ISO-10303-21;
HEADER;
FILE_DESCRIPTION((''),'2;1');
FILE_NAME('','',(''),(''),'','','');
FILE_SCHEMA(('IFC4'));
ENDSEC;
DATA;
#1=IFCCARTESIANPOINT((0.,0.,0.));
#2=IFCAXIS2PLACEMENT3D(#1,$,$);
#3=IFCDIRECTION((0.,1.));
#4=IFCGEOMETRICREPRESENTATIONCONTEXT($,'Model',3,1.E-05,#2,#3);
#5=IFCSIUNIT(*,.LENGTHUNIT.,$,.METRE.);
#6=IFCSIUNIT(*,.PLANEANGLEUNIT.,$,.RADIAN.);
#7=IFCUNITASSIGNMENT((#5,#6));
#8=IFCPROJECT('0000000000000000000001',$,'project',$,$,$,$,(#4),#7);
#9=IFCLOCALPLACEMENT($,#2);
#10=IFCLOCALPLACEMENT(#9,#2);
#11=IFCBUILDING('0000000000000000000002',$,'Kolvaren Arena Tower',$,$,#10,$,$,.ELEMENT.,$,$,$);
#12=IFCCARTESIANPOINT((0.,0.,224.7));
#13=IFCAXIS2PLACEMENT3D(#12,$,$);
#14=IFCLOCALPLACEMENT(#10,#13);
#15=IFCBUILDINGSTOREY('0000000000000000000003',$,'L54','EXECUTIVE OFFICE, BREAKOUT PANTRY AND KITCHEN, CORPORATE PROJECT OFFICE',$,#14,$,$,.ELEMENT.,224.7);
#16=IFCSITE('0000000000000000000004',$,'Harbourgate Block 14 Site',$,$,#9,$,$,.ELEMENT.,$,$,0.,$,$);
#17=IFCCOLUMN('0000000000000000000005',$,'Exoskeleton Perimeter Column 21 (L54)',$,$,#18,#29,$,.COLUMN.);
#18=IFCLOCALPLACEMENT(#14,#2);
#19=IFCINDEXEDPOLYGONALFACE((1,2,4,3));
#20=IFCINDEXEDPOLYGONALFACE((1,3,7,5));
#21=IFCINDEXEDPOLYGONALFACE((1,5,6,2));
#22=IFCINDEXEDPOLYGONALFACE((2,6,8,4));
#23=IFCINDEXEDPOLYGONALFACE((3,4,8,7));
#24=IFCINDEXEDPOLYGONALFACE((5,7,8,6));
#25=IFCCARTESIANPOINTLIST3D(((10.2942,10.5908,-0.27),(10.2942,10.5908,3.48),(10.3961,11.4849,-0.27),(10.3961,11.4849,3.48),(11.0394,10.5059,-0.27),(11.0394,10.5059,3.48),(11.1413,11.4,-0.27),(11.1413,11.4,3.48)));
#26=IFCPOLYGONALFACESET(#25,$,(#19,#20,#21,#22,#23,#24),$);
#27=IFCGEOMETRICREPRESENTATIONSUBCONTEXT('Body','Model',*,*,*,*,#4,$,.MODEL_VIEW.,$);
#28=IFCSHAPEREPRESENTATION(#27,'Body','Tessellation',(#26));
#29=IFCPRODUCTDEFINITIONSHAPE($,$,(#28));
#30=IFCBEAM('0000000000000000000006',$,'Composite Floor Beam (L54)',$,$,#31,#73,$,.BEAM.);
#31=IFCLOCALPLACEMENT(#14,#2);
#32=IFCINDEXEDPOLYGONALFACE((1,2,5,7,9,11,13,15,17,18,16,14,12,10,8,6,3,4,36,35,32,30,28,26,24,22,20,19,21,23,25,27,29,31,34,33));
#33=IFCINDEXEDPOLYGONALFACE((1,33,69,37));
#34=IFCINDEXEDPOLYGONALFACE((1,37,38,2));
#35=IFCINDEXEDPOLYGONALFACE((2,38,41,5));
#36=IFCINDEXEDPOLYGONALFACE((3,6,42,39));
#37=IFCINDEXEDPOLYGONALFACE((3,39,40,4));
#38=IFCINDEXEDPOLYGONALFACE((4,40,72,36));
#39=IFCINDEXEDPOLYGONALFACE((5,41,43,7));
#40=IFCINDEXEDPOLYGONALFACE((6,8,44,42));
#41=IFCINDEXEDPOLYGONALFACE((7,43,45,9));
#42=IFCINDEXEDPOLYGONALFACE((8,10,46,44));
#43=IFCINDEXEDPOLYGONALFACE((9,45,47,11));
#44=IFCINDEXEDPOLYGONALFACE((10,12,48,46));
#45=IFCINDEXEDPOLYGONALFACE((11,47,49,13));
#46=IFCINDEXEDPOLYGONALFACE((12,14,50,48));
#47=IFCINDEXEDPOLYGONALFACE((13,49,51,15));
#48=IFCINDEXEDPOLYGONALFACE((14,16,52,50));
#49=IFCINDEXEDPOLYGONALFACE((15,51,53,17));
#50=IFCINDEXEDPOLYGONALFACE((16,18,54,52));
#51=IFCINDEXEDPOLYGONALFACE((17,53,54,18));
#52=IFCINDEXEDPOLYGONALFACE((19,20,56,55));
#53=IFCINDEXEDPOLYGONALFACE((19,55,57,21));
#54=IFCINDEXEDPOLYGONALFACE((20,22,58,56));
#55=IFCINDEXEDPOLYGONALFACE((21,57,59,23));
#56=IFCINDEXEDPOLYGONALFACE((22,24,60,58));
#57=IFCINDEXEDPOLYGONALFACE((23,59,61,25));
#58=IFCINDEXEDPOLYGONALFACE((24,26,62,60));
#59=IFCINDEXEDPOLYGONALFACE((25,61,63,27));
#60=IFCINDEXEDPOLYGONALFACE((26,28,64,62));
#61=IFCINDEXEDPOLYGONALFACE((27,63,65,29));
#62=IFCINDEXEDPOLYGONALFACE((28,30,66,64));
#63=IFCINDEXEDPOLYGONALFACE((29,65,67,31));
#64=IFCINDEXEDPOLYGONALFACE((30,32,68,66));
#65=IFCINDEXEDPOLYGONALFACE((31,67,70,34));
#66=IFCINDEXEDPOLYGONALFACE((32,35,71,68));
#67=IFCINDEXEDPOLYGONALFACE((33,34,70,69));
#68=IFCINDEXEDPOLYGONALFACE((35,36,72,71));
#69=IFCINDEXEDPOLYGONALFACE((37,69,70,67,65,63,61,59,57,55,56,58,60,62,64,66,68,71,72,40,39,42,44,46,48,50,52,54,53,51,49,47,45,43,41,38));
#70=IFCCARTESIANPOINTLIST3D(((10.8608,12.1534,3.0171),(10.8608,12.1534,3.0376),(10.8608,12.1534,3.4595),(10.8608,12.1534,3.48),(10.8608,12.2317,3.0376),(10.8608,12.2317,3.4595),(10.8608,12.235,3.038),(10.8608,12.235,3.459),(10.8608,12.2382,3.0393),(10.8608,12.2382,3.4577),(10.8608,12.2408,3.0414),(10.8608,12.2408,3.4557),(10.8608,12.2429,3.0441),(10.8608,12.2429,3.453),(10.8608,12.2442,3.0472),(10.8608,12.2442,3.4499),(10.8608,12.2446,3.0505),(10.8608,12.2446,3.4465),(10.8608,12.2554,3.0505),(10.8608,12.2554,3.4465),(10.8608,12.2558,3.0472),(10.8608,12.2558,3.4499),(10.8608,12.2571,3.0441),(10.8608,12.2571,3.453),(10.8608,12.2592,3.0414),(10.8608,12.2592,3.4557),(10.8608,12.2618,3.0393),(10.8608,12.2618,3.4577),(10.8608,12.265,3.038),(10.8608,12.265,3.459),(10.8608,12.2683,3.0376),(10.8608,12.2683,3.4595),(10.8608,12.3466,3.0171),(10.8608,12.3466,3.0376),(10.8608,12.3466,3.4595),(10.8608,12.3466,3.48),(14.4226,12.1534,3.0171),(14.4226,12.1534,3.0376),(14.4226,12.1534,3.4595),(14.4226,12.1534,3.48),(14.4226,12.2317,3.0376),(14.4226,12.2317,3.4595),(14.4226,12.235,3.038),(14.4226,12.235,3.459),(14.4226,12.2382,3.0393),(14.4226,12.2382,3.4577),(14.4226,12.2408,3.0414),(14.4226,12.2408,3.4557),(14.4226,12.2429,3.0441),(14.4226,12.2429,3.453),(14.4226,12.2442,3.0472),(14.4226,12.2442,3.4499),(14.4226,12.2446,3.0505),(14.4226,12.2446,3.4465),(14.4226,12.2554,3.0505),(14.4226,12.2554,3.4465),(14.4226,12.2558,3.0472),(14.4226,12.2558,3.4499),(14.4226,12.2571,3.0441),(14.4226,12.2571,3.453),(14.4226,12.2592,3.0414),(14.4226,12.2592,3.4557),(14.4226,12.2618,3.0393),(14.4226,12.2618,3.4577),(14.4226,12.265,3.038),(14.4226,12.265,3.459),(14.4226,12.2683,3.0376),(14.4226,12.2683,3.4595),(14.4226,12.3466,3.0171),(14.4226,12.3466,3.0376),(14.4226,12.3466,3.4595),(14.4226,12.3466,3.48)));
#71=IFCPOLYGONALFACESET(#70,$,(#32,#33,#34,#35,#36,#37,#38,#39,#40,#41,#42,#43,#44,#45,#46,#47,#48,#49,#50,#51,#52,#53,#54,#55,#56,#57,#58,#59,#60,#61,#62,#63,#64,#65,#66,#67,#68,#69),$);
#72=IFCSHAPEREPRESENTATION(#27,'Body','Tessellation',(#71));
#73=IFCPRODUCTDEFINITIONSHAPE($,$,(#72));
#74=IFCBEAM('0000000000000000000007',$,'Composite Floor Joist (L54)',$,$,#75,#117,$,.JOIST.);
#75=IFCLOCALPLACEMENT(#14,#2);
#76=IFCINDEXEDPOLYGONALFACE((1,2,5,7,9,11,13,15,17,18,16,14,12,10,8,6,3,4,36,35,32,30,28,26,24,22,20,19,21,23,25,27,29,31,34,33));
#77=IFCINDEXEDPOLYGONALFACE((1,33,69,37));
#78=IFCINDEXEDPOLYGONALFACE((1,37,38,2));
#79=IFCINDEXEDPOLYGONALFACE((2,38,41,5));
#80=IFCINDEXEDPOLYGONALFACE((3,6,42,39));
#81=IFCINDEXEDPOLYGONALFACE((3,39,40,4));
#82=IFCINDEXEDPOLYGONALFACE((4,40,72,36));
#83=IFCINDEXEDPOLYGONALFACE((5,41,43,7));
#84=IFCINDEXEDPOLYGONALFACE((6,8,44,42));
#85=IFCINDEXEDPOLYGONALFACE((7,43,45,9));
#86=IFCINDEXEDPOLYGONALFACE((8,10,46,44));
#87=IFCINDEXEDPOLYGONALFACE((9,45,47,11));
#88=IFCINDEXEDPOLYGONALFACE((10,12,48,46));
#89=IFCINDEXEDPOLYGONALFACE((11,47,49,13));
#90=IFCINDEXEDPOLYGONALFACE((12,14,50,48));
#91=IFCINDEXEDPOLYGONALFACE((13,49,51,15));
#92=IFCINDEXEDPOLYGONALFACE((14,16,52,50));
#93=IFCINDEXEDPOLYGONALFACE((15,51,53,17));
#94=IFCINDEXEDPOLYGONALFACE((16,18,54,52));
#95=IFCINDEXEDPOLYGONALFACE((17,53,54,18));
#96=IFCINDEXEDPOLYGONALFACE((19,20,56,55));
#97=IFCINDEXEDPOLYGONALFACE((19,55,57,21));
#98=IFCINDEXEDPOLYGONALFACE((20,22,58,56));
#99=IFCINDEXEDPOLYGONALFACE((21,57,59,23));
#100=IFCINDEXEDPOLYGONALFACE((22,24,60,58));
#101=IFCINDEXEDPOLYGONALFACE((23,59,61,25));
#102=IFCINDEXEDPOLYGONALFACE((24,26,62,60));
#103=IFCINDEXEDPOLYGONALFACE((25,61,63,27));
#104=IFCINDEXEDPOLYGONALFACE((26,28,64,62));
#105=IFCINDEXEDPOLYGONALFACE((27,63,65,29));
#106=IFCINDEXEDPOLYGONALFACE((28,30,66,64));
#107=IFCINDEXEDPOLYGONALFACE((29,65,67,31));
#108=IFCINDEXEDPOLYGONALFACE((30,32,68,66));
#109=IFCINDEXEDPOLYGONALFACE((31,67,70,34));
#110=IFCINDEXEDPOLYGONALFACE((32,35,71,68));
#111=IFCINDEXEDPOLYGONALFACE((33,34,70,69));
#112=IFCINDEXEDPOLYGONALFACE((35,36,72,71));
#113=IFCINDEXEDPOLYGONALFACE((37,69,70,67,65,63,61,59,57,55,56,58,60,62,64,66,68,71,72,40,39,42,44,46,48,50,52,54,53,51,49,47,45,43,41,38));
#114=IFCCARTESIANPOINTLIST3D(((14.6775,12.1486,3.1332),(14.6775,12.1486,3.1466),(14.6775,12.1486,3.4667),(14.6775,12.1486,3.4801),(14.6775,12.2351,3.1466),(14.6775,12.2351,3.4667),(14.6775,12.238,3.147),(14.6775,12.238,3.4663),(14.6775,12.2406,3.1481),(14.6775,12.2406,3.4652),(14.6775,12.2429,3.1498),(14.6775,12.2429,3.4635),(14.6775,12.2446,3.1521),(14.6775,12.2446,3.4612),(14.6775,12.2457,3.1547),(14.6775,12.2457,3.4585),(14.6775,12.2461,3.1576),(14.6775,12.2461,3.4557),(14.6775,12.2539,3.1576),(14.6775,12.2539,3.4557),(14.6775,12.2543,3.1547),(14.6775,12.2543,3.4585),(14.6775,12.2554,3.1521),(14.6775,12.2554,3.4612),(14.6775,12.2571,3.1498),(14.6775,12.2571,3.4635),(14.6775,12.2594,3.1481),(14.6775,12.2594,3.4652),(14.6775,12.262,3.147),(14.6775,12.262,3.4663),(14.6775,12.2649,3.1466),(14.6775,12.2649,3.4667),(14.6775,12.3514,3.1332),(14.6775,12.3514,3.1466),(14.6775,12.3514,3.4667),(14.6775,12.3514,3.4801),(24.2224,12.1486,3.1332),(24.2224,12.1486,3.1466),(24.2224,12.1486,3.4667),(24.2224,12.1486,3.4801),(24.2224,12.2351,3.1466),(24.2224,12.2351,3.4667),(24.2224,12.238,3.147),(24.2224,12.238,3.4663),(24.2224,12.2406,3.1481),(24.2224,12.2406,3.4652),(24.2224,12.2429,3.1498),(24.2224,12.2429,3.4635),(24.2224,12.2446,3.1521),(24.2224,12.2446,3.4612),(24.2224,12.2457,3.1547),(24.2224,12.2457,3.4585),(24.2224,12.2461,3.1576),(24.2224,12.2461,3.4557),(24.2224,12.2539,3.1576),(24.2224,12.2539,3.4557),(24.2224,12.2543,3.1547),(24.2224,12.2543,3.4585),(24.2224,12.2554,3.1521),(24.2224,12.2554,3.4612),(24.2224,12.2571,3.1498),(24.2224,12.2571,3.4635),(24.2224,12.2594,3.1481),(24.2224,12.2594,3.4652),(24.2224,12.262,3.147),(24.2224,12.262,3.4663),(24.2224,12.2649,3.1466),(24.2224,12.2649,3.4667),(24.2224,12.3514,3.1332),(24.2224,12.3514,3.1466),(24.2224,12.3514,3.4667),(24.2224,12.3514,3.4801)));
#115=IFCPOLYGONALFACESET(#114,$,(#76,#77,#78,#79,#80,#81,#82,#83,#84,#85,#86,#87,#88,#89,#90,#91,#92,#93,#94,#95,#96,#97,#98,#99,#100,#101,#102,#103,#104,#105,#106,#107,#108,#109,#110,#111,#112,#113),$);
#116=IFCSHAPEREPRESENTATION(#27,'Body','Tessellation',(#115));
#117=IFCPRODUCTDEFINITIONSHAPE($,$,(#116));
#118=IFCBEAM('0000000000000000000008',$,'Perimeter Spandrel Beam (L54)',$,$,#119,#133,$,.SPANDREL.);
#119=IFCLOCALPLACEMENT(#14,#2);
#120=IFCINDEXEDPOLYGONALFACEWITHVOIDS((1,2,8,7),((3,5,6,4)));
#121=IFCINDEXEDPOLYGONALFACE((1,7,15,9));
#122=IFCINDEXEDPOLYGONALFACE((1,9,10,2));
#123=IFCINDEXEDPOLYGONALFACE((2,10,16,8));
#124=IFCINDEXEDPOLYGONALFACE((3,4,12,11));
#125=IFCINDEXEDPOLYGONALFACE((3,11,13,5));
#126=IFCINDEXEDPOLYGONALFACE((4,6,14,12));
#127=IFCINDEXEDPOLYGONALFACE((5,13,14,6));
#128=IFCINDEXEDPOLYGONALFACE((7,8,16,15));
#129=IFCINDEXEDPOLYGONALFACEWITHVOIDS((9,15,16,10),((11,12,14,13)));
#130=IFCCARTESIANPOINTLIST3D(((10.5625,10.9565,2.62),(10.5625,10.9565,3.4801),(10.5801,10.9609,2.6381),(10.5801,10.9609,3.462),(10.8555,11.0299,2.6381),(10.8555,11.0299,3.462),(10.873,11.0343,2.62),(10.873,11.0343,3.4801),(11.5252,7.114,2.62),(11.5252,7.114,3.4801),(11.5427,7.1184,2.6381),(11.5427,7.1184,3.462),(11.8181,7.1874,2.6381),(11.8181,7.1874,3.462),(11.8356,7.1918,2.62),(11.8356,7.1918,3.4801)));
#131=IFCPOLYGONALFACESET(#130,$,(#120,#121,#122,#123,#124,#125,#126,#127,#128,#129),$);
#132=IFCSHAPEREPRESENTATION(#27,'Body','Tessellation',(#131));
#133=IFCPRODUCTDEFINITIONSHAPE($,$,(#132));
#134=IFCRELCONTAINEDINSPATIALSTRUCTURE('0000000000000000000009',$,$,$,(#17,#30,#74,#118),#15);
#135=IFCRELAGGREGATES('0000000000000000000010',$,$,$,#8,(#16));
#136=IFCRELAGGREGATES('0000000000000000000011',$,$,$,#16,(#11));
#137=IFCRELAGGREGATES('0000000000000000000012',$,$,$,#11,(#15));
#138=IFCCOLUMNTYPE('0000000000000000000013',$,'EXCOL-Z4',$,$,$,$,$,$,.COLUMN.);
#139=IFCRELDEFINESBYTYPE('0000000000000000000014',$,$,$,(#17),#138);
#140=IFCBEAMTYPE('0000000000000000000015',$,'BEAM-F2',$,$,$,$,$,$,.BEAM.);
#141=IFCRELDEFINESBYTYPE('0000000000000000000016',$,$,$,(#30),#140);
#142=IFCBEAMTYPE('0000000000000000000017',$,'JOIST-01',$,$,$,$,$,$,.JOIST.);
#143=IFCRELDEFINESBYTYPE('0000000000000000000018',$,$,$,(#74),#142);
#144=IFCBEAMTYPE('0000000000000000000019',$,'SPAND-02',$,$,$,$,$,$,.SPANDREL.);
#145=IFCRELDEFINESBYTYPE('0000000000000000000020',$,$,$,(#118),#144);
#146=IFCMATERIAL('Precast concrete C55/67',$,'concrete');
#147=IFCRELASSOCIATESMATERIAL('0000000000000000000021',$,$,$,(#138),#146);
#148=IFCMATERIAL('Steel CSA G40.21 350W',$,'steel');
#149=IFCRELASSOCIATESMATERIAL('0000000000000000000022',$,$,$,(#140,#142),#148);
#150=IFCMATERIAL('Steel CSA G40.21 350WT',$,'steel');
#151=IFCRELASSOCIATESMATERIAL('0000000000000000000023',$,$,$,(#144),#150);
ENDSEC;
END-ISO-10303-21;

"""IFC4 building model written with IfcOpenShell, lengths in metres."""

from ifc_helpers import new_model, si_unit, direction, frame, origin, origin_2d, place, context, subcontext, project, spatial, rectangle, hollow_rectangle, i_section, extrude, material, material_profile, profile_set, type_object, element, save


model = new_model("IFC4")

# Units and contexts
model_context = context("Model", 3, precision=1e-05, world=origin(), true_north=direction((0.0, 1.0)))
body_context = subcontext(model_context, "Body", "Model", "MODEL_VIEW")
ifc_project = project(units=[si_unit("LENGTHUNIT", "METRE"), si_unit("PLANEANGLEUNIT", "RADIAN")], contexts=[model_context])

# Site, building, storey
site_placement = place(None, origin())
site = spatial("IfcSite", under=ifc_project, at=site_placement, Name="Harbourgate Block 14 Site", CompositionType="ELEMENT", RefElevation=0.0)
building_placement = place(site_placement, origin())
building = spatial("IfcBuilding", under=site, at=building_placement, Name="Kolvaren Arena Tower", CompositionType="ELEMENT")
storey_placement = place(building_placement, frame((0.0, 0.0, 224.7)))
storey = spatial("IfcBuildingStorey", under=building, at=storey_placement, Name="L54", Description="EXECUTIVE OFFICE, BREAKOUT PANTRY AND KITCHEN, CORPORATE PROJECT OFFICE", CompositionType="ELEMENT", Elevation=224.7)

# Column
ifc_material_1 = material(Name="Precast concrete C55/67", Category="concrete")
ifc_material_profile_1 = material_profile(ifc_material_1, rectangle(XDim=0.8999, YDim=0.75, at=origin_2d()), Name="RC-900x750")
ifc_profile_set_1 = profile_set([ifc_material_profile_1], Name="Precast concrete C55/67")
column_type = type_object("IfcColumnType", Name="EXCOL-Z4", PredefinedType="COLUMN", material=ifc_profile_set_1)
column_placement = place(storey_placement, frame((10.7178, 10.9954, -0.27), z_axis=(0.0, 0.0, 1.0), x_axis=(0.113203, 0.993572, 0.0)))
element("IfcColumn", 1, at=column_placement, inside=storey, type_object=column_type, Name="Exoskeleton Perimeter Column 21 (L54)", PredefinedType="COLUMN", context=body_context, shape_type="SweptSolid", body=[
    extrude(rectangle(XDim=0.8999, YDim=0.75, at=origin_2d()), origin(), (0.0, 0.0, 1.0), 3.75),
])

# Beams
ifc_material_2 = material(Name="Steel CSA G40.21 350W", Category="steel")
ifc_material_profile_2 = material_profile(ifc_material_2, i_section(OverallWidth=0.1931, OverallDepth=0.4629, WebThickness=0.0107, FlangeThickness=0.0205, FilletRadius=0.0129, at=origin_2d()), Name="W460x113")
ifc_profile_set_2 = profile_set([ifc_material_profile_2], Name="Steel CSA G40.21 350W")
beam_type_1 = type_object("IfcBeamType", Name="BEAM-F2", PredefinedType="BEAM", material=ifc_profile_set_2)
beam_1_placement = place(storey_placement, frame((10.8608, 12.25, 3.2485), z_axis=(1.0, 0.0, 0.0), x_axis=(0.0, 1.0, 0.0)))
element("IfcBeam", 2, at=beam_1_placement, inside=storey, type_object=beam_type_1, Name="Composite Floor Beam (L54)", PredefinedType="BEAM", context=body_context, shape_type="SweptSolid", body=[
    extrude(i_section(OverallWidth=0.1931, OverallDepth=0.4629, WebThickness=0.0107, FlangeThickness=0.0205, FilletRadius=0.0129, at=origin_2d()), origin(), (0.0, 0.0, 1.0), 3.5618),
])
ifc_material_profile_3 = material_profile(ifc_material_2, i_section(OverallWidth=0.2029, OverallDepth=0.3469, WebThickness=0.0078, FlangeThickness=0.0134, FilletRadius=0.011, at=origin_2d()), Name="W360x64")
ifc_profile_set_3 = profile_set([ifc_material_profile_3], Name="Steel CSA G40.21 350W")
beam_type_2 = type_object("IfcBeamType", Name="JOIST-01", PredefinedType="JOIST", material=ifc_profile_set_3)
beam_2_placement = place(storey_placement, frame((14.6775, 12.25, 3.3066), z_axis=(1.0, 0.0, 0.0), x_axis=(0.0, 1.0, 0.0)))
element("IfcBeam", 3, at=beam_2_placement, inside=storey, type_object=beam_type_2, Name="Composite Floor Joist (L54)", PredefinedType="JOIST", context=body_context, shape_type="SweptSolid", body=[
    extrude(i_section(OverallWidth=0.2029, OverallDepth=0.3469, WebThickness=0.0078, FlangeThickness=0.0134, FilletRadius=0.011, at=origin_2d()), origin(), (0.0, 0.0, 1.0), 9.5449),
])
ifc_material_3 = material(Name="Steel CSA G40.21 350WT", Category="steel")
ifc_material_profile_4 = material_profile(ifc_material_3, hollow_rectangle(XDim=0.3201, YDim=0.8601, WallThickness=0.0181, at=origin_2d()), Name="HSS 860x320x18")
ifc_profile_set_4 = profile_set([ifc_material_profile_4], Name="Steel CSA G40.21 350WT")
beam_type_3 = type_object("IfcBeamType", Name="SPAND-02", PredefinedType="SPANDREL", material=ifc_profile_set_4)
beam_3_placement = place(storey_placement, frame((10.7178, 10.9954, 3.05), z_axis=(0.243014, -0.970023, 0.0), x_axis=(0.970023, 0.243014, 0.0)))
element("IfcBeam", 4, at=beam_3_placement, inside=storey, type_object=beam_type_3, Name="Perimeter Spandrel Beam (L54)", PredefinedType="SPANDREL", context=body_context, shape_type="SweptSolid", body=[
    extrude(hollow_rectangle(XDim=0.3201, YDim=0.8601, WallThickness=0.0181, at=origin_2d()), origin(), (0.0, 0.0, 1.0), 3.9612),
])

save(model, "model.ifc")
